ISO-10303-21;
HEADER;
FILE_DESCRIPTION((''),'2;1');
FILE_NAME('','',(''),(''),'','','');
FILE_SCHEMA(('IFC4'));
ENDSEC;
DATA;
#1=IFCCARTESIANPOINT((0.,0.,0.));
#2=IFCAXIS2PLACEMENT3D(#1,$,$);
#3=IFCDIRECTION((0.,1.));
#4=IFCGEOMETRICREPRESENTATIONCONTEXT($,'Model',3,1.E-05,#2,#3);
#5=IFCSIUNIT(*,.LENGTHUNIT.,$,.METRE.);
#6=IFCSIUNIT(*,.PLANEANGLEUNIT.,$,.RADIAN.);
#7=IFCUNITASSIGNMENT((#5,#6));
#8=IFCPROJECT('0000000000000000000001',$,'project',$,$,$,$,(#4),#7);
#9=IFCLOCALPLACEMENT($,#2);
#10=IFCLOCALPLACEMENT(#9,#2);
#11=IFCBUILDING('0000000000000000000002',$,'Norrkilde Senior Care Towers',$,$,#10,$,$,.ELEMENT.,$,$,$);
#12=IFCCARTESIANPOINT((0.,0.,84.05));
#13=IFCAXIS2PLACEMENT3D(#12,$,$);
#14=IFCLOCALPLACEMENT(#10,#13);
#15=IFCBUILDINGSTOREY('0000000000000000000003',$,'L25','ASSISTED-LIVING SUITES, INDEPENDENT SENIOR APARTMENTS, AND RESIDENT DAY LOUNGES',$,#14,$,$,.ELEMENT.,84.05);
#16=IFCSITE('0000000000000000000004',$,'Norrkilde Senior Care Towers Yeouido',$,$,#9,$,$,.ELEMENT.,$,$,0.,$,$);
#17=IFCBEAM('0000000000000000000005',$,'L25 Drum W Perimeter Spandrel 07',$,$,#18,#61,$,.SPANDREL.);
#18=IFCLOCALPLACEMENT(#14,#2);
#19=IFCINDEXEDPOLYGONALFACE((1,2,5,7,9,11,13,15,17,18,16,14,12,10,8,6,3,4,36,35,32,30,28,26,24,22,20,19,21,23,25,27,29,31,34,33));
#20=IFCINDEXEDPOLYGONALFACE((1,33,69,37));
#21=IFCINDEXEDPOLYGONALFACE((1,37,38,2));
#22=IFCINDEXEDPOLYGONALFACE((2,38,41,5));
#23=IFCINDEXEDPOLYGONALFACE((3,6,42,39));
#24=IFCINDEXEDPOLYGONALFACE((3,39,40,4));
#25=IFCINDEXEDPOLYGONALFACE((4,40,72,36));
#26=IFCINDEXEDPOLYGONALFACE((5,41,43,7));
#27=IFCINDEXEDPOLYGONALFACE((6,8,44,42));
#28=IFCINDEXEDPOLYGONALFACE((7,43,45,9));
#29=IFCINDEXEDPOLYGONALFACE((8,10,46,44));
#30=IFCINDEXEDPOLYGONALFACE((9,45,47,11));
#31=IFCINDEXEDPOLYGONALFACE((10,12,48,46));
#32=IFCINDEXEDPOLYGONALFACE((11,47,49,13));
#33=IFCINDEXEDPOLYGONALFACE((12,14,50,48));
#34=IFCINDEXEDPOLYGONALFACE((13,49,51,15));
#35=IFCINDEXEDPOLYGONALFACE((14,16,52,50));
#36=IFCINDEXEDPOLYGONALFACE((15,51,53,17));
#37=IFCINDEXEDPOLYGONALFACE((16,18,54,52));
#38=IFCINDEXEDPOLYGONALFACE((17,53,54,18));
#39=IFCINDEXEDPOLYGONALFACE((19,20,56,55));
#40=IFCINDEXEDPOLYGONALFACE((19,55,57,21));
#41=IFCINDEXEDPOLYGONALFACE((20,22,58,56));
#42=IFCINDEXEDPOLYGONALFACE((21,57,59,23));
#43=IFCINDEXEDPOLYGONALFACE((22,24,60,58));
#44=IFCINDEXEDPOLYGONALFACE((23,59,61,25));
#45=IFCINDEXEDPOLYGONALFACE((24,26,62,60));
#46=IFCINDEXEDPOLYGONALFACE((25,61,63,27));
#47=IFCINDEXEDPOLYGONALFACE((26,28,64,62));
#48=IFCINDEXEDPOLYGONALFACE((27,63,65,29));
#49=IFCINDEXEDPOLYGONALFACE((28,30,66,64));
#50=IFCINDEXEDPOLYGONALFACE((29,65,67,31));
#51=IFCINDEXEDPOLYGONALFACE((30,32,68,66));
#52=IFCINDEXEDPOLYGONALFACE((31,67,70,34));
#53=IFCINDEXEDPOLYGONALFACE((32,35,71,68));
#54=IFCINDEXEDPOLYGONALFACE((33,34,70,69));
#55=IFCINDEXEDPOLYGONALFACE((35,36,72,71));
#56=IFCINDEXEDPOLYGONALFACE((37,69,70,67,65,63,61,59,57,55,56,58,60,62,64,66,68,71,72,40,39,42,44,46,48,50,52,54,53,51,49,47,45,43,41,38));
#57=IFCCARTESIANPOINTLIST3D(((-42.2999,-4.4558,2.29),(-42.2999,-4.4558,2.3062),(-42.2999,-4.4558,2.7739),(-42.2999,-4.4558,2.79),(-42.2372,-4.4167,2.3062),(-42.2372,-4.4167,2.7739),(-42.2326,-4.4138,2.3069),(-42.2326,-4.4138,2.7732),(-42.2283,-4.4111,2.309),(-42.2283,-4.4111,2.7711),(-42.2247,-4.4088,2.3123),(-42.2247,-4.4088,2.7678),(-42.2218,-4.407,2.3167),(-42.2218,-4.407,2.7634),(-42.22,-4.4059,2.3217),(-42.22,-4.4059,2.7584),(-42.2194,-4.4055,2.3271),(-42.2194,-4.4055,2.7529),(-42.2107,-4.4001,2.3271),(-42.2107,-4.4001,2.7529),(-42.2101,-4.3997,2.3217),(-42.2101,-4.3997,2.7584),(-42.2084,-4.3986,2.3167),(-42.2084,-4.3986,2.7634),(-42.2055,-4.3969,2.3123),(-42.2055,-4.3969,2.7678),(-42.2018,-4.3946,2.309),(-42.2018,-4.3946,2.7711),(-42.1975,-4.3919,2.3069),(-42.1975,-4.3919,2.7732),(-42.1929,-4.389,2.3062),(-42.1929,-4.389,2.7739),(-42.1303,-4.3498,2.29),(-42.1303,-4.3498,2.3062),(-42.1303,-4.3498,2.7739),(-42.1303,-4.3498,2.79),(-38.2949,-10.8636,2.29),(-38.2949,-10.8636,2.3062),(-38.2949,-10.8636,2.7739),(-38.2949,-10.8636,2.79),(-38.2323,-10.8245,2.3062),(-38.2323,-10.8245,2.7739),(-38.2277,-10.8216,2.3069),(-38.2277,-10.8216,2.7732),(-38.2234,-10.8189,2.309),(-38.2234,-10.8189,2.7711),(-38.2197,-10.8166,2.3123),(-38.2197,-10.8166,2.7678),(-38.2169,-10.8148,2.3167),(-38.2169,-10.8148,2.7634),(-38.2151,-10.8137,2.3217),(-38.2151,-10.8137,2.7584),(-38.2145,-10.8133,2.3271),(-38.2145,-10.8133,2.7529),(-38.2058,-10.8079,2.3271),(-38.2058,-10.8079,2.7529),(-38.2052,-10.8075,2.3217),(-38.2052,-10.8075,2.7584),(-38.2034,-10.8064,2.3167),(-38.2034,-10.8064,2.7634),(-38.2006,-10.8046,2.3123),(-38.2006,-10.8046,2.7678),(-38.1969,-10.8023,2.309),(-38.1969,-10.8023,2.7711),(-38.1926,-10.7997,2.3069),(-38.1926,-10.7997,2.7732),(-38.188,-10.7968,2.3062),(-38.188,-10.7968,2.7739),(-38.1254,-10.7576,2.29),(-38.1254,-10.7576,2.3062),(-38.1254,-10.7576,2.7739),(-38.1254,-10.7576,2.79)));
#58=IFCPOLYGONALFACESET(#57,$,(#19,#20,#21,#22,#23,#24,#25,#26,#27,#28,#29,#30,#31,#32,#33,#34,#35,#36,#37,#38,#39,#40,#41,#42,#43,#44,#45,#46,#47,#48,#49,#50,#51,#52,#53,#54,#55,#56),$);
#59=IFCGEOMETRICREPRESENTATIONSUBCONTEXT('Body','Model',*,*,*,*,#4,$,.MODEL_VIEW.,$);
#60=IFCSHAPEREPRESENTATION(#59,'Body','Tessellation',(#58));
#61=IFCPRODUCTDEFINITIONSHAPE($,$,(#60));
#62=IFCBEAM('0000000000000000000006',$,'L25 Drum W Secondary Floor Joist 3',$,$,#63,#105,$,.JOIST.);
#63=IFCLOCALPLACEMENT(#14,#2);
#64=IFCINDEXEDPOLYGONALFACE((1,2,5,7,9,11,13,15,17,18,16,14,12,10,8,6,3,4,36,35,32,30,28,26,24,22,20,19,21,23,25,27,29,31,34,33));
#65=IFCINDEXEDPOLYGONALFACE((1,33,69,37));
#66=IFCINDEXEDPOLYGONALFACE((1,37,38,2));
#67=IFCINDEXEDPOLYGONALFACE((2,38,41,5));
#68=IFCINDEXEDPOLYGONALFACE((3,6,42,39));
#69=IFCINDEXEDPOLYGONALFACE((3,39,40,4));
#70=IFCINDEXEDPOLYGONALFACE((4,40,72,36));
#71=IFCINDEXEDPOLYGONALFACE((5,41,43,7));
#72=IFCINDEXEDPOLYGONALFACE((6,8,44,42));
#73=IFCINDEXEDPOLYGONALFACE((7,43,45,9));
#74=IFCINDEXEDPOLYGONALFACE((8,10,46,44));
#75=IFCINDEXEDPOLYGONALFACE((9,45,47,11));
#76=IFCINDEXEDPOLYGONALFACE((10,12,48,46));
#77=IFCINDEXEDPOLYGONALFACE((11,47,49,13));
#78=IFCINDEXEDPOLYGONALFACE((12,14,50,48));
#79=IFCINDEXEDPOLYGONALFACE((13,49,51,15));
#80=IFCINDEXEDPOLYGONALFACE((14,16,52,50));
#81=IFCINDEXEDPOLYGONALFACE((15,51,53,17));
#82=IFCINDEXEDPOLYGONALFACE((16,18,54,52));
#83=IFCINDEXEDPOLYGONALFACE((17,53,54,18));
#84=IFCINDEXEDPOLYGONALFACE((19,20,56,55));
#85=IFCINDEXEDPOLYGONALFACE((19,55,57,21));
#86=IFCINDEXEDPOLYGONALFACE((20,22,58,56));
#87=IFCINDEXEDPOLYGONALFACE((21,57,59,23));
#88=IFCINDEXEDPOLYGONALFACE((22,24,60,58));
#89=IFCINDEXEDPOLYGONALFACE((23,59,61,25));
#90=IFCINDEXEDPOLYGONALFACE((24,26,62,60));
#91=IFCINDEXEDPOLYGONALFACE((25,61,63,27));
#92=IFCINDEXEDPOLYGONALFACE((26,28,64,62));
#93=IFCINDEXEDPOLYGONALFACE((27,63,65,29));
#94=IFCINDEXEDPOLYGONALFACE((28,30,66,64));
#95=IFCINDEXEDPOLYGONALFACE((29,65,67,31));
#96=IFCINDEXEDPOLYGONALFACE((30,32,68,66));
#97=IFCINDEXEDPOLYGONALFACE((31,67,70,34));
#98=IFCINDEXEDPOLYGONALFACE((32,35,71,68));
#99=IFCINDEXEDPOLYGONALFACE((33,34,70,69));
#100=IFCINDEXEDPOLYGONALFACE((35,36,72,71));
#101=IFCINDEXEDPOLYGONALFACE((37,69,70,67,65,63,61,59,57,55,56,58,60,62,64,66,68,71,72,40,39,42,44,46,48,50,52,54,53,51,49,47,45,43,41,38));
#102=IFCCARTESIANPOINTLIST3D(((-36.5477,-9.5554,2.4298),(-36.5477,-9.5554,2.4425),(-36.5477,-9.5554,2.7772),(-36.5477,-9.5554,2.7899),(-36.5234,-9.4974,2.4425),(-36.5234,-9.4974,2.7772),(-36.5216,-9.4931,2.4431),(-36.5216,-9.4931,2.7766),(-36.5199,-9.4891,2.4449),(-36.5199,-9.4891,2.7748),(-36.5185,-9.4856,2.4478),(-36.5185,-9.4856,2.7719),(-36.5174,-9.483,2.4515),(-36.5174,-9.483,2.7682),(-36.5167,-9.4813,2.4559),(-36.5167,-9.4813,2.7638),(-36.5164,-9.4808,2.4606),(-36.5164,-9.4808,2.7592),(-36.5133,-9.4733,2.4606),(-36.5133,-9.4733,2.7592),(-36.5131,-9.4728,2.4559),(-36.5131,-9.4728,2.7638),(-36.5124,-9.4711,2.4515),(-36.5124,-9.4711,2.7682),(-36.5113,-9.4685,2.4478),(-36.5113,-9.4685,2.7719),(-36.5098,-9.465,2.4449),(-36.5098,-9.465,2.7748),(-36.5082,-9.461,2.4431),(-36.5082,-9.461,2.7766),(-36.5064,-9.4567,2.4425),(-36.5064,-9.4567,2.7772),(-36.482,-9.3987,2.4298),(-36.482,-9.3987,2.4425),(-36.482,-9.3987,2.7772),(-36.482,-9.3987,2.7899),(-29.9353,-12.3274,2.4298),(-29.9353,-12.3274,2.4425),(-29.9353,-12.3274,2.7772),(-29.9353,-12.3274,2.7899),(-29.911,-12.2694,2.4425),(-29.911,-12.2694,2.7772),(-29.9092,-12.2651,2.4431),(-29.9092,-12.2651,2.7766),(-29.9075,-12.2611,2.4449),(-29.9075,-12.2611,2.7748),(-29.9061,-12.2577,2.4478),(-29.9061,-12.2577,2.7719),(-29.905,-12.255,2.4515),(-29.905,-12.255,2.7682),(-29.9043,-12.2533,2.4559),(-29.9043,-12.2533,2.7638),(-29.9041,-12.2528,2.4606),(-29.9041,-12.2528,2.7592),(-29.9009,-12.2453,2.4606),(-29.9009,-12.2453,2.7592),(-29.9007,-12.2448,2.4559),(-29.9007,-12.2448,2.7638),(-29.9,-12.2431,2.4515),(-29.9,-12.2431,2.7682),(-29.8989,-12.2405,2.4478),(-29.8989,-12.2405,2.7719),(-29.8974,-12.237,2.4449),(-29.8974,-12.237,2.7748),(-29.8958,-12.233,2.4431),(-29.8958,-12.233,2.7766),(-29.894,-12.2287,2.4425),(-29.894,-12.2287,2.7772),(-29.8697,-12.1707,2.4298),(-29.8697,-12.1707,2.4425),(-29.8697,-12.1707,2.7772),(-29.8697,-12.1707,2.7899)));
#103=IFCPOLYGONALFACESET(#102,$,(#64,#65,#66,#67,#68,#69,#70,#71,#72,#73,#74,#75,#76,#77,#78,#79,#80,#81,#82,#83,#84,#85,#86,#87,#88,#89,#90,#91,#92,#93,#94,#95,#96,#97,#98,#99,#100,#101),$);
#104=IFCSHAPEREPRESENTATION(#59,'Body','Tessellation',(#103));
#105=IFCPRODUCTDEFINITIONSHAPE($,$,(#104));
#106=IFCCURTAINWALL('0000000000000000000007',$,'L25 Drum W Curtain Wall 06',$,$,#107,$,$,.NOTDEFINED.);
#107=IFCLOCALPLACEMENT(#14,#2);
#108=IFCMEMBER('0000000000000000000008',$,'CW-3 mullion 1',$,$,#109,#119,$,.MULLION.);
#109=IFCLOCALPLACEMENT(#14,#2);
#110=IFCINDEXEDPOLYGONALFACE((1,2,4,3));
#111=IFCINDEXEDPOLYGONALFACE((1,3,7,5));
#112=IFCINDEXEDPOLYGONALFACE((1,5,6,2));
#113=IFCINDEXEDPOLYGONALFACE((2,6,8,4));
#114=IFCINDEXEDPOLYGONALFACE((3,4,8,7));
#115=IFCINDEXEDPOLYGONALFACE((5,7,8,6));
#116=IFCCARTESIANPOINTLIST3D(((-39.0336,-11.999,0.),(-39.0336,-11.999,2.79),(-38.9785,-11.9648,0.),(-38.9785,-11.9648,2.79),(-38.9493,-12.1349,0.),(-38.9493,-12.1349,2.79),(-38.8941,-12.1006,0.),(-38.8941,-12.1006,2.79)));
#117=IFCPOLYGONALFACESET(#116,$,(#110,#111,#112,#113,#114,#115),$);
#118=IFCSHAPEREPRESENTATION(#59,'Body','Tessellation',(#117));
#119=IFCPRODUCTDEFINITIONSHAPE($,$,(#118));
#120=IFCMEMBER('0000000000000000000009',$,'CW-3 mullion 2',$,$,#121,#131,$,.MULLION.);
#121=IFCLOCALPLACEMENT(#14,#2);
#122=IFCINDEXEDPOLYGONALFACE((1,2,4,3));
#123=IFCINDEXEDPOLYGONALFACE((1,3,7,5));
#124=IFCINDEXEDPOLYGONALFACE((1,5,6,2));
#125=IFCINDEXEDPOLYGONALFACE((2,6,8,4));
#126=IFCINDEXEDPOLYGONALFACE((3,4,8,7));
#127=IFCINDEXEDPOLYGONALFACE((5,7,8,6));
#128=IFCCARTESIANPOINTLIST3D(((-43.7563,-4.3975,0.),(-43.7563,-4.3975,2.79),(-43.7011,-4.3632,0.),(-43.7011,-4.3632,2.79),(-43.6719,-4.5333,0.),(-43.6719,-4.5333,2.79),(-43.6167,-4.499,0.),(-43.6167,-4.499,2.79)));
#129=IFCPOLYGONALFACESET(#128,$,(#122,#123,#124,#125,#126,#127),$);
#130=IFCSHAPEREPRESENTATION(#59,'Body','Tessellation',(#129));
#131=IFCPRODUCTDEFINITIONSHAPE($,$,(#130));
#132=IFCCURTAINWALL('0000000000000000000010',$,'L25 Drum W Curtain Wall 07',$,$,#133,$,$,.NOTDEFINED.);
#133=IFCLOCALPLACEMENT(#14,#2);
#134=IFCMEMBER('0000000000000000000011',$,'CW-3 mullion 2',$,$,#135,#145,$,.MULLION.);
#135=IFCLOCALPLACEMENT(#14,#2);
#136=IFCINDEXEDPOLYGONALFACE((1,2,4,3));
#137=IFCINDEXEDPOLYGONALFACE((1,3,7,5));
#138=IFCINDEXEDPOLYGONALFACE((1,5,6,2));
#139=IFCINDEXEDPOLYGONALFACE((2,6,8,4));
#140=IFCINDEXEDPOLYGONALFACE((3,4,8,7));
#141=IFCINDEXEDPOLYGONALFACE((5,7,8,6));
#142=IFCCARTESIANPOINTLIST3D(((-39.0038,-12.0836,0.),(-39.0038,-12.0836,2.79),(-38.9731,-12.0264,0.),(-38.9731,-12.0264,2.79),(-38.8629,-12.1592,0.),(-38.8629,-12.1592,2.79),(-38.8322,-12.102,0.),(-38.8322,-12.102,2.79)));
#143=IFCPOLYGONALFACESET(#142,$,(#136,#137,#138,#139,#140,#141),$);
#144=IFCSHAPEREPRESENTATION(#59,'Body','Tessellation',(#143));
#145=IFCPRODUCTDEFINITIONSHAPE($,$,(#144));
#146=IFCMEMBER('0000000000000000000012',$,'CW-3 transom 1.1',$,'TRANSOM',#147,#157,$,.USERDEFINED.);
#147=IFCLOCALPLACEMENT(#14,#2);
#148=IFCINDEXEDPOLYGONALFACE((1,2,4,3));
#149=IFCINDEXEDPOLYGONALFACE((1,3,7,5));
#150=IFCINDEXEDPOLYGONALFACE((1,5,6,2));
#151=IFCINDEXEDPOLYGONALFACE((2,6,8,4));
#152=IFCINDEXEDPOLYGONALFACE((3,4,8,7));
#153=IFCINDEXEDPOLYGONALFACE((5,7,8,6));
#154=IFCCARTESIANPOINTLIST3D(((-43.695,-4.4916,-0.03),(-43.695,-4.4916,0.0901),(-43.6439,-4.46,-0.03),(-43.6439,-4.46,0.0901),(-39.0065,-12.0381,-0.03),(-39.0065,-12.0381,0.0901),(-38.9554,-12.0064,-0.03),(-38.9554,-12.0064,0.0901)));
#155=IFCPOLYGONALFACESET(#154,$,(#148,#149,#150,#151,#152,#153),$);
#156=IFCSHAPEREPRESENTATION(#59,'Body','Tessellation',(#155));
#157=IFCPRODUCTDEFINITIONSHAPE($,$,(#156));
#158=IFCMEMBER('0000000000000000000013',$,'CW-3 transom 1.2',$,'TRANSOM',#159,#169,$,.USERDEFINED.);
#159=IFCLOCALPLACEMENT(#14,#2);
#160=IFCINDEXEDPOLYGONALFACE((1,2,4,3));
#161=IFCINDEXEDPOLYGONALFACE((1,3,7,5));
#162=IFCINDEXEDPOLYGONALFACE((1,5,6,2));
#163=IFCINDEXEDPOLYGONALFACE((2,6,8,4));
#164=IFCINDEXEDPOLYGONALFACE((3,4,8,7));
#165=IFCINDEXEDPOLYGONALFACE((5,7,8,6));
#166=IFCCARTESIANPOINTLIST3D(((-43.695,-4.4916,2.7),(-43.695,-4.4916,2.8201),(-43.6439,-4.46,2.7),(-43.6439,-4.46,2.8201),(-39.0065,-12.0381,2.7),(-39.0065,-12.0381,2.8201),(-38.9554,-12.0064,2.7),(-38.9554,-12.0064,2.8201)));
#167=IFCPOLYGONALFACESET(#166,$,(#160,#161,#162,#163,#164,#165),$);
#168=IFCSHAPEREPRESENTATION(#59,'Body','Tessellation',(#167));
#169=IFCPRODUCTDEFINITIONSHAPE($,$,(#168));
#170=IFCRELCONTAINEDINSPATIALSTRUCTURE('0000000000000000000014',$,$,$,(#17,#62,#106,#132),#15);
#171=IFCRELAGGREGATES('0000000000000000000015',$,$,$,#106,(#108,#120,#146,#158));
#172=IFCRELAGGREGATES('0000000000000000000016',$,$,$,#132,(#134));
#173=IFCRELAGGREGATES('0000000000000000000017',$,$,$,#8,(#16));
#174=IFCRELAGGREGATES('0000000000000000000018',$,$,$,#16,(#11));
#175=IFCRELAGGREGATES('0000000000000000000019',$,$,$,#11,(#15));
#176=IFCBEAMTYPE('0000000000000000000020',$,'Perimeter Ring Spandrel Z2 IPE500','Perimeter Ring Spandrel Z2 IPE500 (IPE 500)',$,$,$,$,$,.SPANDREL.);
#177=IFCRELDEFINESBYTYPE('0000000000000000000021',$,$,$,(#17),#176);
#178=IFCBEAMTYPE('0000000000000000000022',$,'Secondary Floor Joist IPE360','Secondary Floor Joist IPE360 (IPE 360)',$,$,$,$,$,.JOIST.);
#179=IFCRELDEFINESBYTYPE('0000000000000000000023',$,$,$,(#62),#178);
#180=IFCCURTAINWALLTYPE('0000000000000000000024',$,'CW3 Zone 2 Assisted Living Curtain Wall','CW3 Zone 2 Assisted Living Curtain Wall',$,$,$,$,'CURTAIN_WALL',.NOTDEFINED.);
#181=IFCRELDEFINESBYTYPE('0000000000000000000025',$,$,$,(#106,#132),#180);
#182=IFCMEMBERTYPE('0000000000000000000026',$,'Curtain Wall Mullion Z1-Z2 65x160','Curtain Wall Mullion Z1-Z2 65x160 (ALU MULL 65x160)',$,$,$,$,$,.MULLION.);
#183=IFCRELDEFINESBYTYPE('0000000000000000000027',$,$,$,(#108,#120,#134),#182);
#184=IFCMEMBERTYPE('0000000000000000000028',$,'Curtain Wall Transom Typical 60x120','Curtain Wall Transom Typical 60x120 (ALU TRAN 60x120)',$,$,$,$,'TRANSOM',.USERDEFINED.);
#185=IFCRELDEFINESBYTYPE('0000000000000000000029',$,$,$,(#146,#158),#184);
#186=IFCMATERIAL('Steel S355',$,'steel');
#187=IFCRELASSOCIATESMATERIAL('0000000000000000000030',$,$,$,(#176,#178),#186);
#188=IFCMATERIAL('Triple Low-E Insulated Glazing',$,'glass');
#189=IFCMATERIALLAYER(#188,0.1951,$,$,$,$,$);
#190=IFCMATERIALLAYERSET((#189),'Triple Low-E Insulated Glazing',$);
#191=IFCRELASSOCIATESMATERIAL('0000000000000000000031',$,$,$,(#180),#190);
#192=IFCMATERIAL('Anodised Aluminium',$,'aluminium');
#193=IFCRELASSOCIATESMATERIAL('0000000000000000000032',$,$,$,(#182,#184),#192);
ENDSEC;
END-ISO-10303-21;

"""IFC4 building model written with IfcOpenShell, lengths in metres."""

from ifc_helpers import new_model, si_unit, direction, frame, origin, origin_2d, place, context, subcontext, project, spatial, rectangle, i_section, extrude, source, transform, mapped, material, layer, layer_set, material_profile, profile_set, type_object, type_shapes, element, aggregate, save


model = new_model("IFC4")

# Units and contexts
model_context = context("Model", 3, precision=1e-05, world=origin(), true_north=direction((0.0, 1.0)))
body_context = subcontext(model_context, "Body", "Model", "MODEL_VIEW")
ifc_project = project(units=[si_unit("LENGTHUNIT", "METRE"), si_unit("PLANEANGLEUNIT", "RADIAN")], contexts=[model_context])

# Site, building, storey
site_placement = place(None, origin())
site = spatial("IfcSite", under=ifc_project, at=site_placement, Name="Norrkilde Senior Care Towers Yeouido", CompositionType="ELEMENT", RefElevation=0.0)
building_placement = place(site_placement, origin())
building = spatial("IfcBuilding", under=site, at=building_placement, Name="Norrkilde Senior Care Towers", CompositionType="ELEMENT")
storey_placement = place(building_placement, frame((0.0, 0.0, 84.05)))
storey = spatial("IfcBuildingStorey", under=building, at=storey_placement, Name="L25", Description="ASSISTED-LIVING SUITES, INDEPENDENT SENIOR APARTMENTS, AND RESIDENT DAY LOUNGES", CompositionType="ELEMENT", Elevation=84.05)

# Beams
ifc_material_1 = material(Name="Steel S355", Category="steel")
ifc_material_profile_1 = material_profile(ifc_material_1, i_section(OverallWidth=0.2, OverallDepth=0.5, WebThickness=0.0103, FlangeThickness=0.0161, FilletRadius=0.021, at=origin_2d()), Name="IPE 500")
ifc_profile_set_1 = profile_set([ifc_material_profile_1], Name="Steel S355")
beam_type_1 = type_object("IfcBeamType", Name="Perimeter Ring Spandrel Z2 IPE500", Description="Perimeter Ring Spandrel Z2 IPE500 (IPE 500)", PredefinedType="SPANDREL", material=ifc_profile_set_1)
shared_shape_1 = source(origin(), body_context, "Body", "SweptSolid", [
    extrude(i_section(OverallWidth=0.2, OverallDepth=0.5, WebThickness=0.0103, FlangeThickness=0.0161, FilletRadius=0.021, at=origin_2d()), origin(), (0.0, 0.0, 1.0), 7.5564),
])
beam_1_placement = place(storey_placement, frame((-42.2151, -4.4028, 2.54), z_axis=(0.530005, -0.847995, 0.0), x_axis=(0.847995, 0.530005, 0.0)))
element("IfcBeam", 1, at=beam_1_placement, inside=storey, type_object=beam_type_1, Name="L25 Drum W Perimeter Spandrel 07", PredefinedType="SPANDREL", context=body_context, shape_type="MappedRepresentation", body=[
    mapped(shared_shape_1, transform((0.0, 0.0, 0.0), x_axis=(1.0, 0.0, 0.0), y_axis=(0.0, 1.0, 0.0), z_axis=(0.0, 0.0, 1.0), scale=1.0)),
])
ifc_material_profile_2 = material_profile(ifc_material_1, i_section(OverallWidth=0.1699, OverallDepth=0.3601, WebThickness=0.0081, FlangeThickness=0.0127, FilletRadius=0.0181, at=origin_2d()), Name="IPE 360")
ifc_profile_set_2 = profile_set([ifc_material_profile_2], Name="Steel S355")
beam_type_2 = type_object("IfcBeamType", Name="Secondary Floor Joist IPE360", Description="Secondary Floor Joist IPE360 (IPE 360)", PredefinedType="JOIST", material=ifc_profile_set_2)
shared_shape_2 = source(origin(), body_context, "Body", "SweptSolid", [
    extrude(i_section(OverallWidth=0.1699, OverallDepth=0.3601, WebThickness=0.0081, FlangeThickness=0.0127, FilletRadius=0.0181, at=origin_2d()), origin(), (0.0, 0.0, 1.0), 7.1699),
])
type_shapes(beam_type_2, [shared_shape_2])
beam_2_placement = place(storey_placement, frame((-36.5149, -9.4771, 2.6099), z_axis=(0.922241, -0.386616, 0.0), x_axis=(0.386616, 0.922241, 0.0)))
element("IfcBeam", 2, at=beam_2_placement, inside=storey, type_object=beam_type_2, Name="L25 Drum W Secondary Floor Joist 3", PredefinedType="JOIST", context=body_context, shape_type="MappedRepresentation", body=[
    mapped(shared_shape_2, transform((0.0, 0.0, 0.0), x_axis=(1.0, 0.0, 0.0), y_axis=(0.0, 1.0, 0.0), z_axis=(0.0, 0.0, 1.0), scale=1.0)),
])

# Curtain wall, members
ifc_material_2 = material(Name="Triple Low-E Insulated Glazing", Category="glass")
ifc_layer_1 = layer(ifc_material_2, 0.1951)
ifc_layer_set_1 = layer_set([ifc_layer_1], Name="Triple Low-E Insulated Glazing")
curtain_wall_type = type_object("IfcCurtainWallType", Name="CW3 Zone 2 Assisted Living Curtain Wall", Description="CW3 Zone 2 Assisted Living Curtain Wall", ElementType="CURTAIN_WALL", PredefinedType="NOTDEFINED", material=ifc_layer_set_1)
curtain_wall_1_placement = place(storey_placement, origin())
curtain_wall_1 = element("IfcCurtainWall", 3, at=curtain_wall_1_placement, inside=storey, type_object=curtain_wall_type, Name="L25 Drum W Curtain Wall 06", PredefinedType="NOTDEFINED")
ifc_material_3 = material(Name="Anodised Aluminium", Category="aluminium")
ifc_material_profile_3 = material_profile(ifc_material_3, rectangle(XDim=0.0649, YDim=0.1599, at=origin_2d()), Name="ALU MULL 65x160")
ifc_profile_set_3 = profile_set([ifc_material_profile_3], Name="Anodised Aluminium")
member_type_1 = type_object("IfcMemberType", Name="Curtain Wall Mullion Z1-Z2 65x160", Description="Curtain Wall Mullion Z1-Z2 65x160 (ALU MULL 65x160)", PredefinedType="MULLION", material=ifc_profile_set_3)
shared_shape_3 = source(origin(), body_context, "Body", "SweptSolid", [
    extrude(rectangle(XDim=0.0649, YDim=0.1599, at=origin_2d()), origin(), (0.0, 0.0, 1.0), 2.79),
])
type_shapes(member_type_1, [shared_shape_3])
member_1_placement = place(storey_placement, frame((-38.9639, -12.0498, 0.0), z_axis=(0.0, 0.0, 1.0), x_axis=(-0.84941, -0.527733, 0.0)))
member_1 = element("IfcMember", 4, at=member_1_placement, type_object=member_type_1, Name="CW-3 mullion 1", PredefinedType="MULLION", context=body_context, shape_type="MappedRepresentation", body=[
    mapped(shared_shape_3, transform((0.0, 0.0, 0.0), x_axis=(1.0, 0.0, 0.0), y_axis=(0.0, 1.0, 0.0), z_axis=(0.0, 0.0, 1.0), scale=1.0)),
])
member_2_placement = place(storey_placement, frame((-43.6865, -4.4482, 0.0), z_axis=(0.0, 0.0, 1.0), x_axis=(-0.84941, -0.527733, 0.0)))
member_2 = element("IfcMember", 5, at=member_2_placement, type_object=member_type_1, Name="CW-3 mullion 2", PredefinedType="MULLION", context=body_context, shape_type="MappedRepresentation", body=[
    mapped(shared_shape_3, transform((0.0, 0.0, 0.0), x_axis=(1.0, 0.0, 0.0), y_axis=(0.0, 1.0, 0.0), z_axis=(0.0, 0.0, 1.0), scale=1.0)),
])

# Curtain wall, member
curtain_wall_2_placement = place(storey_placement, origin())
curtain_wall_2 = element("IfcCurtainWall", 6, at=curtain_wall_2_placement, inside=storey, type_object=curtain_wall_type, Name="L25 Drum W Curtain Wall 07", PredefinedType="NOTDEFINED")
member_3_placement = place(storey_placement, frame((-38.918, -12.0928, 0.0), z_axis=(0.0, 0.0, 1.0), x_axis=(-0.472769, -0.881186, 0.0)))
member_3 = element("IfcMember", 7, at=member_3_placement, type_object=member_type_1, Name="CW-3 mullion 2", PredefinedType="MULLION", context=body_context, shape_type="MappedRepresentation", body=[
    mapped(shared_shape_3, transform((0.0, 0.0, 0.0), x_axis=(1.0, 0.0, 0.0), y_axis=(0.0, 1.0, 0.0), z_axis=(0.0, 0.0, 1.0), scale=1.0)),
])

# Members
ifc_material_profile_4 = material_profile(ifc_material_3, rectangle(XDim=0.0601, YDim=0.1201, at=origin_2d()), Name="ALU TRAN 60x120")
ifc_profile_set_4 = profile_set([ifc_material_profile_4], Name="Anodised Aluminium")
member_type_2 = type_object("IfcMemberType", Name="Curtain Wall Transom Typical 60x120", Description="Curtain Wall Transom Typical 60x120 (ALU TRAN 60x120)", ElementType="TRANSOM", PredefinedType="USERDEFINED", material=ifc_profile_set_4)
shared_shape_4 = source(origin(), body_context, "Body", "SweptSolid", [
    extrude(rectangle(XDim=0.0601, YDim=0.1201, at=origin_2d()), origin(), (0.0, 0.0, 1.0), 8.8843),
])
type_shapes(member_type_2, [shared_shape_4])
member_4_placement = place(storey_placement, frame((-38.981, -12.0222, 0.03), z_axis=(-0.527729, 0.849413, 0.0), x_axis=(-0.849413, -0.527729, 0.0)))
member_4 = element("IfcMember", 8, at=member_4_placement, type_object=member_type_2, Name="CW-3 transom 1.1", ObjectType="TRANSOM", PredefinedType="USERDEFINED", context=body_context, shape_type="MappedRepresentation", body=[
    mapped(shared_shape_4, transform((0.0, 0.0, 0.0), x_axis=(1.0, 0.0, 0.0), y_axis=(0.0, 1.0, 0.0), z_axis=(0.0, 0.0, 1.0), scale=1.0)),
])
member_5_placement = place(storey_placement, frame((-38.981, -12.0222, 2.76), z_axis=(-0.527729, 0.849413, 0.0), x_axis=(-0.849413, -0.527729, 0.0)))
member_5 = element("IfcMember", 9, at=member_5_placement, type_object=member_type_2, Name="CW-3 transom 1.2", ObjectType="TRANSOM", PredefinedType="USERDEFINED", context=body_context, shape_type="MappedRepresentation", body=[
    mapped(shared_shape_4, transform((0.0, 0.0, 0.0), x_axis=(1.0, 0.0, 0.0), y_axis=(0.0, 1.0, 0.0), z_axis=(0.0, 0.0, 1.0), scale=1.0)),
])

aggregate(curtain_wall_1, [member_1, member_2, member_4, member_5])
aggregate(curtain_wall_2, [member_3])

save(model, "model.ifc")
